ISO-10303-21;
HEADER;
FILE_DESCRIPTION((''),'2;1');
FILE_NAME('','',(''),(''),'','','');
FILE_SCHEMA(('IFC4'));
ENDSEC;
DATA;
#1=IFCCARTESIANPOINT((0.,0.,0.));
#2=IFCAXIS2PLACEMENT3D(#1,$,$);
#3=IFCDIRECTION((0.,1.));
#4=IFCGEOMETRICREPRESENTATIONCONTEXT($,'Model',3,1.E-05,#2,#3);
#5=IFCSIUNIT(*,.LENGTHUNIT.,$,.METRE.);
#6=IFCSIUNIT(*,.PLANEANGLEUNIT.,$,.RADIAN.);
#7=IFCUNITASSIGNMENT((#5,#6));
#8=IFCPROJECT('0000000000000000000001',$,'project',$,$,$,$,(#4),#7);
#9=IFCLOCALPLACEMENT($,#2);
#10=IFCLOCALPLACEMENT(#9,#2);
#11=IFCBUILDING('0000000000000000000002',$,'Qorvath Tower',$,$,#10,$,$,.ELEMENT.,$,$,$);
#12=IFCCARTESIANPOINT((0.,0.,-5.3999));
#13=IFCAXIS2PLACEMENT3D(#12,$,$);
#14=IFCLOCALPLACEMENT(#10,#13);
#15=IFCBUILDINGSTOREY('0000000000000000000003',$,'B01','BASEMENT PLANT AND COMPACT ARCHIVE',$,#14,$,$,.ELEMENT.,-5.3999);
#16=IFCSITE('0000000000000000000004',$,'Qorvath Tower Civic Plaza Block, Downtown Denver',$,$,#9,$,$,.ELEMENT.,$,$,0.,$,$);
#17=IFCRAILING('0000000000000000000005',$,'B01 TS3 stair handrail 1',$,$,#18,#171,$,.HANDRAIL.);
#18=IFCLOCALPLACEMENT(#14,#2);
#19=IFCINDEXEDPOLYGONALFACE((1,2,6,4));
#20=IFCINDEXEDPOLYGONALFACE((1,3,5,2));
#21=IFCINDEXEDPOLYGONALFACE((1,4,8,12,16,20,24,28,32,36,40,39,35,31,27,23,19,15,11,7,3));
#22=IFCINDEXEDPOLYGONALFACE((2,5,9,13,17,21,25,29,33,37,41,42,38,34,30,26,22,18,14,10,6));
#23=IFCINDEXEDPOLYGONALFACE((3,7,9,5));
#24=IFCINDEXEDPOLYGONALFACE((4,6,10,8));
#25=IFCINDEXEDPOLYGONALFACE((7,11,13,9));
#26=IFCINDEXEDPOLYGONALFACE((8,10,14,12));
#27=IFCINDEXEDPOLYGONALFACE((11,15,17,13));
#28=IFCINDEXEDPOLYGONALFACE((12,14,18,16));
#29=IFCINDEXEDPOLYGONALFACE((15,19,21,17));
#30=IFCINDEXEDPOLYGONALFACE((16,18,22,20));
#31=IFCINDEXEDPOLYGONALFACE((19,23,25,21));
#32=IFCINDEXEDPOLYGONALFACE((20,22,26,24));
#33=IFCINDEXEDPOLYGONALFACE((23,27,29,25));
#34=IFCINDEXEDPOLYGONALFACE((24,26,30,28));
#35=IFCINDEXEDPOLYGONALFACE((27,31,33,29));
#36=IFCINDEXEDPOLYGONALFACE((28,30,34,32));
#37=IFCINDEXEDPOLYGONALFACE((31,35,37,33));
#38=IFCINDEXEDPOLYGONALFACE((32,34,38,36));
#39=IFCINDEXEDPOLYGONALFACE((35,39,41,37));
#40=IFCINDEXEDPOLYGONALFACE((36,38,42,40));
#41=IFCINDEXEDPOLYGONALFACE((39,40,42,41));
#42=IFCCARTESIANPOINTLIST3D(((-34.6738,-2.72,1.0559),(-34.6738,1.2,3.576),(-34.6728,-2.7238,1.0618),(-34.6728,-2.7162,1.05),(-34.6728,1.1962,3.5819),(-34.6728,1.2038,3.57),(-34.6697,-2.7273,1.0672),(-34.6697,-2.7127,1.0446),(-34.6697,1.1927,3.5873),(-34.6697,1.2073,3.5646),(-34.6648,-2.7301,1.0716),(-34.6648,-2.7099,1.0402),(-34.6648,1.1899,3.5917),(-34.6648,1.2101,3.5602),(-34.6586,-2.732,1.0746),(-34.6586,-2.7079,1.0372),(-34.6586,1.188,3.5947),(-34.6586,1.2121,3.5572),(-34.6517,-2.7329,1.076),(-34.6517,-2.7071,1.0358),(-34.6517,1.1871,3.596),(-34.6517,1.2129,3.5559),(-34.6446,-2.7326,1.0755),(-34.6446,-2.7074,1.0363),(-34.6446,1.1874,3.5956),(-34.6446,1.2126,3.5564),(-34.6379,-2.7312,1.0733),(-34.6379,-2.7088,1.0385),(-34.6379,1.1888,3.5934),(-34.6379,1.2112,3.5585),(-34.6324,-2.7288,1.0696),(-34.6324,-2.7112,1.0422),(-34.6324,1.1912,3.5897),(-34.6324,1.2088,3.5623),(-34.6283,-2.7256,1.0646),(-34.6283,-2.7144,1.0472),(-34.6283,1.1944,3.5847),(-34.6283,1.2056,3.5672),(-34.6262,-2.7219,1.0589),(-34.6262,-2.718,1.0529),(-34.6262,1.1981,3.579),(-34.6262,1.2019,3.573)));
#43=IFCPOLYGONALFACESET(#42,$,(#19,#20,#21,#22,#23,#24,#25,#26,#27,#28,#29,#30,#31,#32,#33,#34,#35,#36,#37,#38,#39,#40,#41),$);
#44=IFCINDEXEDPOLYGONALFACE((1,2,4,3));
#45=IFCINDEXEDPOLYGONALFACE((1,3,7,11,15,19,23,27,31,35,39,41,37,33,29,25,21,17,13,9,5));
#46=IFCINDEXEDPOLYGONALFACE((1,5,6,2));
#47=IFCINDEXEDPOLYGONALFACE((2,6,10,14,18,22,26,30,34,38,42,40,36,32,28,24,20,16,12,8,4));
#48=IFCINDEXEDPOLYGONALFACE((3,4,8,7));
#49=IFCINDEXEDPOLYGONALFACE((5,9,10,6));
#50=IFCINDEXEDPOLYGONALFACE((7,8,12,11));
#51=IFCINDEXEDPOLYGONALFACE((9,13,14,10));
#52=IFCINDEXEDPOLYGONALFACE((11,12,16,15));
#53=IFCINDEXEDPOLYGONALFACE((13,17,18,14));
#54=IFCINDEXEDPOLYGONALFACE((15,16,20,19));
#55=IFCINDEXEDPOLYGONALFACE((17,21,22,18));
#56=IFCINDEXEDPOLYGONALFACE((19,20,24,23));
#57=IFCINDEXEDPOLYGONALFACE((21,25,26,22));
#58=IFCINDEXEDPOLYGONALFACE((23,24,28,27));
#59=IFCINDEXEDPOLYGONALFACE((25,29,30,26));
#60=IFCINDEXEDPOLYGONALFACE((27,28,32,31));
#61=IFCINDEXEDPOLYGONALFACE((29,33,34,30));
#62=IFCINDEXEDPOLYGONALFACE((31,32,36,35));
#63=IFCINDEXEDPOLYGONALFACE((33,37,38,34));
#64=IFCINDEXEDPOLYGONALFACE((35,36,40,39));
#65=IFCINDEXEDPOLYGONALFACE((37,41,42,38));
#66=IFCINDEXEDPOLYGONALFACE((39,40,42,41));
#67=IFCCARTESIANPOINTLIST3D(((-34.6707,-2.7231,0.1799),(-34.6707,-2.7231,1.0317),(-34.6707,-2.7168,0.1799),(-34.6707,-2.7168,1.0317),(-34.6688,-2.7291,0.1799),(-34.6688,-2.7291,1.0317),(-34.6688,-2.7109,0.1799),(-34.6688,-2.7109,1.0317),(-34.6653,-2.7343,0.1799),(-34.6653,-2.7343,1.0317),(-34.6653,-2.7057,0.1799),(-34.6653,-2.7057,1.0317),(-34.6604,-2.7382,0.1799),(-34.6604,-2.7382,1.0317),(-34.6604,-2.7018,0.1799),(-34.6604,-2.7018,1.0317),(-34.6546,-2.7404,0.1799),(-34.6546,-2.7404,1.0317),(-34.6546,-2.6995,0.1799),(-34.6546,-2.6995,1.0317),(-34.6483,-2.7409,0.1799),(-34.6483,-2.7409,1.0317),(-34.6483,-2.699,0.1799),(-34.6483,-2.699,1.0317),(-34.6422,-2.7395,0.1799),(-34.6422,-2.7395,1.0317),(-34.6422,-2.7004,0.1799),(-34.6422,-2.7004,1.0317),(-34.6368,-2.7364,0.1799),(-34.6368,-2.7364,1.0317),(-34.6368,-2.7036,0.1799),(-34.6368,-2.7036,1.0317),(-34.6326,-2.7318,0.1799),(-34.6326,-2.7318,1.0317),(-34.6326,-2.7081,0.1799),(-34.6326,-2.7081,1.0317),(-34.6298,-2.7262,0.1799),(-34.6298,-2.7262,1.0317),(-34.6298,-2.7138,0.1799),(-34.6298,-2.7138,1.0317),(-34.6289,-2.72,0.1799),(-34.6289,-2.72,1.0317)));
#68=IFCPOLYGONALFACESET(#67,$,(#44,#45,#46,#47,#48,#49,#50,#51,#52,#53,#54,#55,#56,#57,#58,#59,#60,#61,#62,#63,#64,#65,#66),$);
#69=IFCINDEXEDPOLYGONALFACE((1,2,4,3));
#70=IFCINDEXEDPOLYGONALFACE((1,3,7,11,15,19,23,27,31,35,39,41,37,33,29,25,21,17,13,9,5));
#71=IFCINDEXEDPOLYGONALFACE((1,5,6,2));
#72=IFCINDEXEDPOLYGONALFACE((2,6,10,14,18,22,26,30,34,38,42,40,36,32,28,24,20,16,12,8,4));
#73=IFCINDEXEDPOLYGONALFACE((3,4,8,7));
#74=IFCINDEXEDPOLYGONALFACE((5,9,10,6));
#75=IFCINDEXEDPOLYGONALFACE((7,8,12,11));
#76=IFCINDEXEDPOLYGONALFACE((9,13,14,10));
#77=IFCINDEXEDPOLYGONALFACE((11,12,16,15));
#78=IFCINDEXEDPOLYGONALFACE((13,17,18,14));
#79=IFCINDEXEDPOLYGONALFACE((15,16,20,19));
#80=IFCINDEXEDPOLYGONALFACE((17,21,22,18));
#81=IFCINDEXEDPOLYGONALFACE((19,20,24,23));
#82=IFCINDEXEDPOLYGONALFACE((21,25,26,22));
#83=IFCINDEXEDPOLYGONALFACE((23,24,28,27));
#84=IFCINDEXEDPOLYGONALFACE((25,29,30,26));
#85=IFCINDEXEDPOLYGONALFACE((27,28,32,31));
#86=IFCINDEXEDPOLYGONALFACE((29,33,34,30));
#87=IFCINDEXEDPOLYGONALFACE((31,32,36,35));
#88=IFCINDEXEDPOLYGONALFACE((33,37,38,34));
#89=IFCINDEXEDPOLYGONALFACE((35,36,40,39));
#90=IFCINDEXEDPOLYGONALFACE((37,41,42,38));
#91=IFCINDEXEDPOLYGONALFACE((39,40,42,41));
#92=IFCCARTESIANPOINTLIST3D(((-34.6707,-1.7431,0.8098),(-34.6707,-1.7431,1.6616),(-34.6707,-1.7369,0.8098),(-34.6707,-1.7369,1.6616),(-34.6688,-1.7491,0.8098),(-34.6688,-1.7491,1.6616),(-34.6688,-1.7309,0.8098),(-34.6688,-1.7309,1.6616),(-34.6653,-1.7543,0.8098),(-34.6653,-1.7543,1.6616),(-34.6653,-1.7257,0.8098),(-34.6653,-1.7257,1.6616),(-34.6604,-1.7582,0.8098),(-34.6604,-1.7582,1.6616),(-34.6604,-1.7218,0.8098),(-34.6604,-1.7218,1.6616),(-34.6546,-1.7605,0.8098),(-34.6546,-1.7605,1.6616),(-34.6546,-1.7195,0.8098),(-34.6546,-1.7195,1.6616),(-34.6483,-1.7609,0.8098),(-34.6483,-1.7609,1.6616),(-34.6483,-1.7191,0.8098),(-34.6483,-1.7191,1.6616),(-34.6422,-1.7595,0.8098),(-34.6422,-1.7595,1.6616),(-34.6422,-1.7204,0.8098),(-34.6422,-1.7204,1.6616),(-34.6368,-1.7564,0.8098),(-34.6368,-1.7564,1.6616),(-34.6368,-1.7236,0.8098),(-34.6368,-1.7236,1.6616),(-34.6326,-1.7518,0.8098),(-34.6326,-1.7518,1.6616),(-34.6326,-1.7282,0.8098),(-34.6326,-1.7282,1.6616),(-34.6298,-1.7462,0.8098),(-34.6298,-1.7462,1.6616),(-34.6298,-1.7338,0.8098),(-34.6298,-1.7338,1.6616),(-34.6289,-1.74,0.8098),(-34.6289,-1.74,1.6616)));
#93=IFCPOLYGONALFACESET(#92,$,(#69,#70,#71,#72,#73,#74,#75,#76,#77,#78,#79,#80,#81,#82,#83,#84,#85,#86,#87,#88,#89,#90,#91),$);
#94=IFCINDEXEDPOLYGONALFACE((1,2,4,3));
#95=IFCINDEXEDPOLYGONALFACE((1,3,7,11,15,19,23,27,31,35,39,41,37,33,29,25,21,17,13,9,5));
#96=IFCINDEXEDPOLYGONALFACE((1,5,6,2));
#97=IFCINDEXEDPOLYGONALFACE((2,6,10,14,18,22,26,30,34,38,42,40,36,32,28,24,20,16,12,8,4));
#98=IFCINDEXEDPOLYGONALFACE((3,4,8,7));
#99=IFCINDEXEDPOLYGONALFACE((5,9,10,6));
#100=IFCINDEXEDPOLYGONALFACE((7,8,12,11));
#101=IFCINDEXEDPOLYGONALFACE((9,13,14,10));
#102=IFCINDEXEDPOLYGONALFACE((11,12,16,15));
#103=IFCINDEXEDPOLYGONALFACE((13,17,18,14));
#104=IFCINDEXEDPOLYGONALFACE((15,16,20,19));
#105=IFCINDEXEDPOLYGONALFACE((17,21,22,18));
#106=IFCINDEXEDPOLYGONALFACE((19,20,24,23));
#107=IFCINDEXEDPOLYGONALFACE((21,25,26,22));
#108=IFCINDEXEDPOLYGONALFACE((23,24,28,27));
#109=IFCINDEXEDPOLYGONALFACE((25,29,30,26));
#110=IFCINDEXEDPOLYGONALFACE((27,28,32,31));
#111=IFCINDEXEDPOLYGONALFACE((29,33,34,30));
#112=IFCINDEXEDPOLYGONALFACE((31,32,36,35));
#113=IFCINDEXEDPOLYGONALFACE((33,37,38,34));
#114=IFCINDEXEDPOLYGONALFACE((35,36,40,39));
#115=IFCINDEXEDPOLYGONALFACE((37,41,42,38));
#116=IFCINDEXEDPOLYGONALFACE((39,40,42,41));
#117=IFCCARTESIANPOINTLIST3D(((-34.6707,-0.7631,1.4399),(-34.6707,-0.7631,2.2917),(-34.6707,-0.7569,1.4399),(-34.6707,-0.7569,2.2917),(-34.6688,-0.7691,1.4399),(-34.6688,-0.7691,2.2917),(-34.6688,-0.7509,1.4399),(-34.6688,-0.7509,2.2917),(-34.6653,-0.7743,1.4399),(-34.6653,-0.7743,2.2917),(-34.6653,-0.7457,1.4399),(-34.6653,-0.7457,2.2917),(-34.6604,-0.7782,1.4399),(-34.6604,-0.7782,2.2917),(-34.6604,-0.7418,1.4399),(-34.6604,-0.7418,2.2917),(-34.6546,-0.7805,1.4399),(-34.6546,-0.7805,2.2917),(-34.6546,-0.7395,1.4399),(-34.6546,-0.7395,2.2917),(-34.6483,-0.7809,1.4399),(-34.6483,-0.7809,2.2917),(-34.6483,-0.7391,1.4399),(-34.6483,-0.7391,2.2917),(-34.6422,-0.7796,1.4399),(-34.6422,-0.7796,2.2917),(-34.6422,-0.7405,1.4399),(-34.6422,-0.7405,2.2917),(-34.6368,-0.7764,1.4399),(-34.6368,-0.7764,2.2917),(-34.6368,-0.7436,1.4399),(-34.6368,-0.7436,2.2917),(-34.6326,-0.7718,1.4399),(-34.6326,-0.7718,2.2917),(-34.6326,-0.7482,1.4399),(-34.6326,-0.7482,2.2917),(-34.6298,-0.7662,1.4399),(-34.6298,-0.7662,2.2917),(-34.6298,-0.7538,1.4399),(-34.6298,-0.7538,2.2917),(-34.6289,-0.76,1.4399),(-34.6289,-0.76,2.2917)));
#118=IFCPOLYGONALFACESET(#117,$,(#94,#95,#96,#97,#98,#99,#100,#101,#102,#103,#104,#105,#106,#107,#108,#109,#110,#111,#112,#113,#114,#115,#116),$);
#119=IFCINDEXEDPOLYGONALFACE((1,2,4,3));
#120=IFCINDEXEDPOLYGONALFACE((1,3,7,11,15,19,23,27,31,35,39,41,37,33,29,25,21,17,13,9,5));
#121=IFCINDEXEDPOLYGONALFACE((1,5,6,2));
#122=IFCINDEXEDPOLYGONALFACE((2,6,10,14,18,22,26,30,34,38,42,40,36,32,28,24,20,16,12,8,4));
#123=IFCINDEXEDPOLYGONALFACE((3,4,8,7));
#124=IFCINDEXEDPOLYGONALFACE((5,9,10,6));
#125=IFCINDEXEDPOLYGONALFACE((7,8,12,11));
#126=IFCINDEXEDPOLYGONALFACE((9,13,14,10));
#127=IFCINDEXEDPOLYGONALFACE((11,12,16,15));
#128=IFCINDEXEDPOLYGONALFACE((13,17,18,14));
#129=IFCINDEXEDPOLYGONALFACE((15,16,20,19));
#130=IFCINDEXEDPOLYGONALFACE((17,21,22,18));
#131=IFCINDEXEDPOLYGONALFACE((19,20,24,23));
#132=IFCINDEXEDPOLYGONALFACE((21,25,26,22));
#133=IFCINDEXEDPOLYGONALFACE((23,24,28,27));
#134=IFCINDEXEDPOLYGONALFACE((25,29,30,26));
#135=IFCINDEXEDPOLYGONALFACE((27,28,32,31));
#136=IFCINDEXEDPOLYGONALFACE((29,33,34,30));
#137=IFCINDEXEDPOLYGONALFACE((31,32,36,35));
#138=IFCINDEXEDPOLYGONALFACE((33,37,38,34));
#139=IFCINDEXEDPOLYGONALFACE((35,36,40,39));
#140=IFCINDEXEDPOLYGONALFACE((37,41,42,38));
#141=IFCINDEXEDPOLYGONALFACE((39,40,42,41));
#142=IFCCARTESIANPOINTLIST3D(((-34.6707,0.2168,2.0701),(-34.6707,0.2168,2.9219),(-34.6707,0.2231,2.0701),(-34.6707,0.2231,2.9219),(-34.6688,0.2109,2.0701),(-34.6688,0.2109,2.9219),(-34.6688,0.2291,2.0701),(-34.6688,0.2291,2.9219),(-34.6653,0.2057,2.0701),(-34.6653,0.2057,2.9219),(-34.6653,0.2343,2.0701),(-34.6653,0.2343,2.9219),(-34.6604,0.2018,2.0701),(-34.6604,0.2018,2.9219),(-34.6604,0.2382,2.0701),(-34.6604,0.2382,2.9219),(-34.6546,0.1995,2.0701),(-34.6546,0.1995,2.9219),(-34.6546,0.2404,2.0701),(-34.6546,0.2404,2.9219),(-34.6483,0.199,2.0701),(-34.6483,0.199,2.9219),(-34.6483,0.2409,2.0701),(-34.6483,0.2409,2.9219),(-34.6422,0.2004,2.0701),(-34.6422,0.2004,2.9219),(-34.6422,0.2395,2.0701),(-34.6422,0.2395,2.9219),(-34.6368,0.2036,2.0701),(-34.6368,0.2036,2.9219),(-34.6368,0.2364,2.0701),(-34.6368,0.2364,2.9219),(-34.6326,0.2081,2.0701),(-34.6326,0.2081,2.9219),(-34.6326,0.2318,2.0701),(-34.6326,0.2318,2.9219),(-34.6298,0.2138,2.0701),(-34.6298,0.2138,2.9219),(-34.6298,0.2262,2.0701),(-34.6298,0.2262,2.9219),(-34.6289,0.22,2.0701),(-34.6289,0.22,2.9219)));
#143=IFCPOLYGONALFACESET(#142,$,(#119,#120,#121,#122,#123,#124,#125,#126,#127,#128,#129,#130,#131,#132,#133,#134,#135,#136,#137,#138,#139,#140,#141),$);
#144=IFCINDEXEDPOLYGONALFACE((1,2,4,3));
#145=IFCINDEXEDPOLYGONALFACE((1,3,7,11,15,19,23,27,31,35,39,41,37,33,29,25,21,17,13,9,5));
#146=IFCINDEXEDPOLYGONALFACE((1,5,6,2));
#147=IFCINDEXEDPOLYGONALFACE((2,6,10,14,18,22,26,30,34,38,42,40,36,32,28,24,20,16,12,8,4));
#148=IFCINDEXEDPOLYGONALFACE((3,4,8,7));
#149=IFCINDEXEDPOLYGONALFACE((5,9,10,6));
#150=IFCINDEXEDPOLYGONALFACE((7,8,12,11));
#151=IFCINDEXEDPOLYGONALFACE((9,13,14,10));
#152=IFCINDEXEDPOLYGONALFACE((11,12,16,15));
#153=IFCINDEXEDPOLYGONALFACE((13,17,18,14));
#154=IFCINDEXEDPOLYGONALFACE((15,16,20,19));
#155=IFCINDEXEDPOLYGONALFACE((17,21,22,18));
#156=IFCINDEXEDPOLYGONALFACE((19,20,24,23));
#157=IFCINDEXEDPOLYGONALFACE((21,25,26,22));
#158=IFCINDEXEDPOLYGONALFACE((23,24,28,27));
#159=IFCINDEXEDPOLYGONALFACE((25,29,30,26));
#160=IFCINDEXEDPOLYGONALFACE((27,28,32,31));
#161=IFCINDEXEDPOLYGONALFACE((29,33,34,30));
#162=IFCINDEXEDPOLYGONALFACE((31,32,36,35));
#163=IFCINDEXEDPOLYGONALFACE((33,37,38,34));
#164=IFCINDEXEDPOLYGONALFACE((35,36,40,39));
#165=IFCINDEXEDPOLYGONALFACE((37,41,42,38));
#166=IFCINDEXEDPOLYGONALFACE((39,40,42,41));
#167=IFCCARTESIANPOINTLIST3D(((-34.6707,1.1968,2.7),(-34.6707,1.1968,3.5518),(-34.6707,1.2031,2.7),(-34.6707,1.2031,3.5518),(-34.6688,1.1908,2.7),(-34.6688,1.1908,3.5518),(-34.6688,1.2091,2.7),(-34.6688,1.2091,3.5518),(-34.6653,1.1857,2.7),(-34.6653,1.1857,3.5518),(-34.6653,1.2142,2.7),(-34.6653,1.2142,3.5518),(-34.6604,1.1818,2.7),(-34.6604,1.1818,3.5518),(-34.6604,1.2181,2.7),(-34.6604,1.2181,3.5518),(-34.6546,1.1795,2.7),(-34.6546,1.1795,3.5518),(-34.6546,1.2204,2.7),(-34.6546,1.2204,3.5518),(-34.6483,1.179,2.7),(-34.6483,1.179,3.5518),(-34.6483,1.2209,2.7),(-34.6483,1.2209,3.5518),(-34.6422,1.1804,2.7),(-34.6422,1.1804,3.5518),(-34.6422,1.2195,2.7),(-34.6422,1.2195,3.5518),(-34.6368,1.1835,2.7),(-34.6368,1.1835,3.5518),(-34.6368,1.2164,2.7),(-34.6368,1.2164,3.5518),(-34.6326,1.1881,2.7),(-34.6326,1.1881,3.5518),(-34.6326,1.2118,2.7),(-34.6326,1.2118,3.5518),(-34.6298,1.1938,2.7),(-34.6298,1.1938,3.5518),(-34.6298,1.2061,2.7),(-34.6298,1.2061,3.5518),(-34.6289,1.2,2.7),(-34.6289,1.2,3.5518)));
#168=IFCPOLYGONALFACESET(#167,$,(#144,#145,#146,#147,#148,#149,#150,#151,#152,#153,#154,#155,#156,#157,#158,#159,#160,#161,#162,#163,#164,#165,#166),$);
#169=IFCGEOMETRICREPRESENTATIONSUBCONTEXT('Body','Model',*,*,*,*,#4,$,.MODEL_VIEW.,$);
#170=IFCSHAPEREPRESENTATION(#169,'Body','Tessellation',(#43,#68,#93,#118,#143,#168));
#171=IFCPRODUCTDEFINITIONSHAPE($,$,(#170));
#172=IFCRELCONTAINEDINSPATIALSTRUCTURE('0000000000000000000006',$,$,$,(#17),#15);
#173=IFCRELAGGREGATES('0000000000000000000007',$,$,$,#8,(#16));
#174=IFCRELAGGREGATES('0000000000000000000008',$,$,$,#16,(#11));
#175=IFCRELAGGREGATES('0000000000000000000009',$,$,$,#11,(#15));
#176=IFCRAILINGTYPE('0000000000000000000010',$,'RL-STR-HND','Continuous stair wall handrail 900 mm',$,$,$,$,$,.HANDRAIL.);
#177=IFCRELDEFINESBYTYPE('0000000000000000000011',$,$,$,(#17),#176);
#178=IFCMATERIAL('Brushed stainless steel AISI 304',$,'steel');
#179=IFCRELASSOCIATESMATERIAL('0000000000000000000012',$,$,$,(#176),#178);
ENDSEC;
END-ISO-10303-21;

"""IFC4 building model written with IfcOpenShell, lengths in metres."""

from ifc_helpers import new_model, si_unit, direction, frame, origin, origin_2d, place, context, subcontext, project, spatial, circle, extrude, material, type_object, element, save


model = new_model("IFC4")

# Units and contexts
model_context = context("Model", 3, precision=1e-05, world=origin(), true_north=direction((0.0, 1.0)))
body_context = subcontext(model_context, "Body", "Model", "MODEL_VIEW")
ifc_project = project(units=[si_unit("LENGTHUNIT", "METRE"), si_unit("PLANEANGLEUNIT", "RADIAN")], contexts=[model_context])

# Site, building, storey
site_placement = place(None, origin())
site = spatial("IfcSite", under=ifc_project, at=site_placement, Name="Qorvath Tower Civic Plaza Block, Downtown Denver", CompositionType="ELEMENT", RefElevation=0.0)
building_placement = place(site_placement, origin())
building = spatial("IfcBuilding", under=site, at=building_placement, Name="Qorvath Tower", CompositionType="ELEMENT")
storey_placement = place(building_placement, frame((0.0, 0.0, -5.3999)))
storey = spatial("IfcBuildingStorey", under=building, at=storey_placement, Name="B01", Description="BASEMENT PLANT AND COMPACT ARCHIVE", CompositionType="ELEMENT", Elevation=-5.3999)

# Railing
ifc_material_1 = material(Name="Brushed stainless steel AISI 304", Category="steel")
railing_type_1 = type_object("IfcRailingType", Name="RL-STR-HND", Description="Continuous stair wall handrail 900 mm", PredefinedType="HANDRAIL", material=ifc_material_1)
railing_1_placement = place(storey_placement, frame((-34.6499, -2.72, 0.1799)))
element("IfcRailing", 1, at=railing_1_placement, inside=storey, type_object=railing_type_1, Name="B01 TS3 stair handrail 1", PredefinedType="HANDRAIL", context=body_context, shape_type="SweptSolid", body=[
    extrude(circle(Radius=0.0239, at=origin_2d()), frame((0.0, 0.0, 0.876), z_axis=(0.0, 0.841172, 0.540768), x_axis=(-1.0, 0.0, 0.0)), (0.0, 0.0, 1.0), 4.6602),
    extrude(circle(Radius=0.021, at=origin_2d()), origin(), (0.0, 0.0, 1.0), 0.8518),
    extrude(circle(Radius=0.021, at=origin_2d()), frame((0.0, 0.98, 0.6299)), (0.0, 0.0, 1.0), 0.8518),
    extrude(circle(Radius=0.021, at=origin_2d()), frame((0.0, 1.96, 1.26)), (0.0, 0.0, 1.0), 0.8518),
    extrude(circle(Radius=0.021, at=origin_2d()), frame((0.0, 2.9399, 1.8901)), (0.0, 0.0, 1.0), 0.8518),
    extrude(circle(Radius=0.021, at=origin_2d()), frame((0.0, 3.9199, 2.52)), (0.0, 0.0, 1.0), 0.8518),
])

save(model, "model.ifc")
